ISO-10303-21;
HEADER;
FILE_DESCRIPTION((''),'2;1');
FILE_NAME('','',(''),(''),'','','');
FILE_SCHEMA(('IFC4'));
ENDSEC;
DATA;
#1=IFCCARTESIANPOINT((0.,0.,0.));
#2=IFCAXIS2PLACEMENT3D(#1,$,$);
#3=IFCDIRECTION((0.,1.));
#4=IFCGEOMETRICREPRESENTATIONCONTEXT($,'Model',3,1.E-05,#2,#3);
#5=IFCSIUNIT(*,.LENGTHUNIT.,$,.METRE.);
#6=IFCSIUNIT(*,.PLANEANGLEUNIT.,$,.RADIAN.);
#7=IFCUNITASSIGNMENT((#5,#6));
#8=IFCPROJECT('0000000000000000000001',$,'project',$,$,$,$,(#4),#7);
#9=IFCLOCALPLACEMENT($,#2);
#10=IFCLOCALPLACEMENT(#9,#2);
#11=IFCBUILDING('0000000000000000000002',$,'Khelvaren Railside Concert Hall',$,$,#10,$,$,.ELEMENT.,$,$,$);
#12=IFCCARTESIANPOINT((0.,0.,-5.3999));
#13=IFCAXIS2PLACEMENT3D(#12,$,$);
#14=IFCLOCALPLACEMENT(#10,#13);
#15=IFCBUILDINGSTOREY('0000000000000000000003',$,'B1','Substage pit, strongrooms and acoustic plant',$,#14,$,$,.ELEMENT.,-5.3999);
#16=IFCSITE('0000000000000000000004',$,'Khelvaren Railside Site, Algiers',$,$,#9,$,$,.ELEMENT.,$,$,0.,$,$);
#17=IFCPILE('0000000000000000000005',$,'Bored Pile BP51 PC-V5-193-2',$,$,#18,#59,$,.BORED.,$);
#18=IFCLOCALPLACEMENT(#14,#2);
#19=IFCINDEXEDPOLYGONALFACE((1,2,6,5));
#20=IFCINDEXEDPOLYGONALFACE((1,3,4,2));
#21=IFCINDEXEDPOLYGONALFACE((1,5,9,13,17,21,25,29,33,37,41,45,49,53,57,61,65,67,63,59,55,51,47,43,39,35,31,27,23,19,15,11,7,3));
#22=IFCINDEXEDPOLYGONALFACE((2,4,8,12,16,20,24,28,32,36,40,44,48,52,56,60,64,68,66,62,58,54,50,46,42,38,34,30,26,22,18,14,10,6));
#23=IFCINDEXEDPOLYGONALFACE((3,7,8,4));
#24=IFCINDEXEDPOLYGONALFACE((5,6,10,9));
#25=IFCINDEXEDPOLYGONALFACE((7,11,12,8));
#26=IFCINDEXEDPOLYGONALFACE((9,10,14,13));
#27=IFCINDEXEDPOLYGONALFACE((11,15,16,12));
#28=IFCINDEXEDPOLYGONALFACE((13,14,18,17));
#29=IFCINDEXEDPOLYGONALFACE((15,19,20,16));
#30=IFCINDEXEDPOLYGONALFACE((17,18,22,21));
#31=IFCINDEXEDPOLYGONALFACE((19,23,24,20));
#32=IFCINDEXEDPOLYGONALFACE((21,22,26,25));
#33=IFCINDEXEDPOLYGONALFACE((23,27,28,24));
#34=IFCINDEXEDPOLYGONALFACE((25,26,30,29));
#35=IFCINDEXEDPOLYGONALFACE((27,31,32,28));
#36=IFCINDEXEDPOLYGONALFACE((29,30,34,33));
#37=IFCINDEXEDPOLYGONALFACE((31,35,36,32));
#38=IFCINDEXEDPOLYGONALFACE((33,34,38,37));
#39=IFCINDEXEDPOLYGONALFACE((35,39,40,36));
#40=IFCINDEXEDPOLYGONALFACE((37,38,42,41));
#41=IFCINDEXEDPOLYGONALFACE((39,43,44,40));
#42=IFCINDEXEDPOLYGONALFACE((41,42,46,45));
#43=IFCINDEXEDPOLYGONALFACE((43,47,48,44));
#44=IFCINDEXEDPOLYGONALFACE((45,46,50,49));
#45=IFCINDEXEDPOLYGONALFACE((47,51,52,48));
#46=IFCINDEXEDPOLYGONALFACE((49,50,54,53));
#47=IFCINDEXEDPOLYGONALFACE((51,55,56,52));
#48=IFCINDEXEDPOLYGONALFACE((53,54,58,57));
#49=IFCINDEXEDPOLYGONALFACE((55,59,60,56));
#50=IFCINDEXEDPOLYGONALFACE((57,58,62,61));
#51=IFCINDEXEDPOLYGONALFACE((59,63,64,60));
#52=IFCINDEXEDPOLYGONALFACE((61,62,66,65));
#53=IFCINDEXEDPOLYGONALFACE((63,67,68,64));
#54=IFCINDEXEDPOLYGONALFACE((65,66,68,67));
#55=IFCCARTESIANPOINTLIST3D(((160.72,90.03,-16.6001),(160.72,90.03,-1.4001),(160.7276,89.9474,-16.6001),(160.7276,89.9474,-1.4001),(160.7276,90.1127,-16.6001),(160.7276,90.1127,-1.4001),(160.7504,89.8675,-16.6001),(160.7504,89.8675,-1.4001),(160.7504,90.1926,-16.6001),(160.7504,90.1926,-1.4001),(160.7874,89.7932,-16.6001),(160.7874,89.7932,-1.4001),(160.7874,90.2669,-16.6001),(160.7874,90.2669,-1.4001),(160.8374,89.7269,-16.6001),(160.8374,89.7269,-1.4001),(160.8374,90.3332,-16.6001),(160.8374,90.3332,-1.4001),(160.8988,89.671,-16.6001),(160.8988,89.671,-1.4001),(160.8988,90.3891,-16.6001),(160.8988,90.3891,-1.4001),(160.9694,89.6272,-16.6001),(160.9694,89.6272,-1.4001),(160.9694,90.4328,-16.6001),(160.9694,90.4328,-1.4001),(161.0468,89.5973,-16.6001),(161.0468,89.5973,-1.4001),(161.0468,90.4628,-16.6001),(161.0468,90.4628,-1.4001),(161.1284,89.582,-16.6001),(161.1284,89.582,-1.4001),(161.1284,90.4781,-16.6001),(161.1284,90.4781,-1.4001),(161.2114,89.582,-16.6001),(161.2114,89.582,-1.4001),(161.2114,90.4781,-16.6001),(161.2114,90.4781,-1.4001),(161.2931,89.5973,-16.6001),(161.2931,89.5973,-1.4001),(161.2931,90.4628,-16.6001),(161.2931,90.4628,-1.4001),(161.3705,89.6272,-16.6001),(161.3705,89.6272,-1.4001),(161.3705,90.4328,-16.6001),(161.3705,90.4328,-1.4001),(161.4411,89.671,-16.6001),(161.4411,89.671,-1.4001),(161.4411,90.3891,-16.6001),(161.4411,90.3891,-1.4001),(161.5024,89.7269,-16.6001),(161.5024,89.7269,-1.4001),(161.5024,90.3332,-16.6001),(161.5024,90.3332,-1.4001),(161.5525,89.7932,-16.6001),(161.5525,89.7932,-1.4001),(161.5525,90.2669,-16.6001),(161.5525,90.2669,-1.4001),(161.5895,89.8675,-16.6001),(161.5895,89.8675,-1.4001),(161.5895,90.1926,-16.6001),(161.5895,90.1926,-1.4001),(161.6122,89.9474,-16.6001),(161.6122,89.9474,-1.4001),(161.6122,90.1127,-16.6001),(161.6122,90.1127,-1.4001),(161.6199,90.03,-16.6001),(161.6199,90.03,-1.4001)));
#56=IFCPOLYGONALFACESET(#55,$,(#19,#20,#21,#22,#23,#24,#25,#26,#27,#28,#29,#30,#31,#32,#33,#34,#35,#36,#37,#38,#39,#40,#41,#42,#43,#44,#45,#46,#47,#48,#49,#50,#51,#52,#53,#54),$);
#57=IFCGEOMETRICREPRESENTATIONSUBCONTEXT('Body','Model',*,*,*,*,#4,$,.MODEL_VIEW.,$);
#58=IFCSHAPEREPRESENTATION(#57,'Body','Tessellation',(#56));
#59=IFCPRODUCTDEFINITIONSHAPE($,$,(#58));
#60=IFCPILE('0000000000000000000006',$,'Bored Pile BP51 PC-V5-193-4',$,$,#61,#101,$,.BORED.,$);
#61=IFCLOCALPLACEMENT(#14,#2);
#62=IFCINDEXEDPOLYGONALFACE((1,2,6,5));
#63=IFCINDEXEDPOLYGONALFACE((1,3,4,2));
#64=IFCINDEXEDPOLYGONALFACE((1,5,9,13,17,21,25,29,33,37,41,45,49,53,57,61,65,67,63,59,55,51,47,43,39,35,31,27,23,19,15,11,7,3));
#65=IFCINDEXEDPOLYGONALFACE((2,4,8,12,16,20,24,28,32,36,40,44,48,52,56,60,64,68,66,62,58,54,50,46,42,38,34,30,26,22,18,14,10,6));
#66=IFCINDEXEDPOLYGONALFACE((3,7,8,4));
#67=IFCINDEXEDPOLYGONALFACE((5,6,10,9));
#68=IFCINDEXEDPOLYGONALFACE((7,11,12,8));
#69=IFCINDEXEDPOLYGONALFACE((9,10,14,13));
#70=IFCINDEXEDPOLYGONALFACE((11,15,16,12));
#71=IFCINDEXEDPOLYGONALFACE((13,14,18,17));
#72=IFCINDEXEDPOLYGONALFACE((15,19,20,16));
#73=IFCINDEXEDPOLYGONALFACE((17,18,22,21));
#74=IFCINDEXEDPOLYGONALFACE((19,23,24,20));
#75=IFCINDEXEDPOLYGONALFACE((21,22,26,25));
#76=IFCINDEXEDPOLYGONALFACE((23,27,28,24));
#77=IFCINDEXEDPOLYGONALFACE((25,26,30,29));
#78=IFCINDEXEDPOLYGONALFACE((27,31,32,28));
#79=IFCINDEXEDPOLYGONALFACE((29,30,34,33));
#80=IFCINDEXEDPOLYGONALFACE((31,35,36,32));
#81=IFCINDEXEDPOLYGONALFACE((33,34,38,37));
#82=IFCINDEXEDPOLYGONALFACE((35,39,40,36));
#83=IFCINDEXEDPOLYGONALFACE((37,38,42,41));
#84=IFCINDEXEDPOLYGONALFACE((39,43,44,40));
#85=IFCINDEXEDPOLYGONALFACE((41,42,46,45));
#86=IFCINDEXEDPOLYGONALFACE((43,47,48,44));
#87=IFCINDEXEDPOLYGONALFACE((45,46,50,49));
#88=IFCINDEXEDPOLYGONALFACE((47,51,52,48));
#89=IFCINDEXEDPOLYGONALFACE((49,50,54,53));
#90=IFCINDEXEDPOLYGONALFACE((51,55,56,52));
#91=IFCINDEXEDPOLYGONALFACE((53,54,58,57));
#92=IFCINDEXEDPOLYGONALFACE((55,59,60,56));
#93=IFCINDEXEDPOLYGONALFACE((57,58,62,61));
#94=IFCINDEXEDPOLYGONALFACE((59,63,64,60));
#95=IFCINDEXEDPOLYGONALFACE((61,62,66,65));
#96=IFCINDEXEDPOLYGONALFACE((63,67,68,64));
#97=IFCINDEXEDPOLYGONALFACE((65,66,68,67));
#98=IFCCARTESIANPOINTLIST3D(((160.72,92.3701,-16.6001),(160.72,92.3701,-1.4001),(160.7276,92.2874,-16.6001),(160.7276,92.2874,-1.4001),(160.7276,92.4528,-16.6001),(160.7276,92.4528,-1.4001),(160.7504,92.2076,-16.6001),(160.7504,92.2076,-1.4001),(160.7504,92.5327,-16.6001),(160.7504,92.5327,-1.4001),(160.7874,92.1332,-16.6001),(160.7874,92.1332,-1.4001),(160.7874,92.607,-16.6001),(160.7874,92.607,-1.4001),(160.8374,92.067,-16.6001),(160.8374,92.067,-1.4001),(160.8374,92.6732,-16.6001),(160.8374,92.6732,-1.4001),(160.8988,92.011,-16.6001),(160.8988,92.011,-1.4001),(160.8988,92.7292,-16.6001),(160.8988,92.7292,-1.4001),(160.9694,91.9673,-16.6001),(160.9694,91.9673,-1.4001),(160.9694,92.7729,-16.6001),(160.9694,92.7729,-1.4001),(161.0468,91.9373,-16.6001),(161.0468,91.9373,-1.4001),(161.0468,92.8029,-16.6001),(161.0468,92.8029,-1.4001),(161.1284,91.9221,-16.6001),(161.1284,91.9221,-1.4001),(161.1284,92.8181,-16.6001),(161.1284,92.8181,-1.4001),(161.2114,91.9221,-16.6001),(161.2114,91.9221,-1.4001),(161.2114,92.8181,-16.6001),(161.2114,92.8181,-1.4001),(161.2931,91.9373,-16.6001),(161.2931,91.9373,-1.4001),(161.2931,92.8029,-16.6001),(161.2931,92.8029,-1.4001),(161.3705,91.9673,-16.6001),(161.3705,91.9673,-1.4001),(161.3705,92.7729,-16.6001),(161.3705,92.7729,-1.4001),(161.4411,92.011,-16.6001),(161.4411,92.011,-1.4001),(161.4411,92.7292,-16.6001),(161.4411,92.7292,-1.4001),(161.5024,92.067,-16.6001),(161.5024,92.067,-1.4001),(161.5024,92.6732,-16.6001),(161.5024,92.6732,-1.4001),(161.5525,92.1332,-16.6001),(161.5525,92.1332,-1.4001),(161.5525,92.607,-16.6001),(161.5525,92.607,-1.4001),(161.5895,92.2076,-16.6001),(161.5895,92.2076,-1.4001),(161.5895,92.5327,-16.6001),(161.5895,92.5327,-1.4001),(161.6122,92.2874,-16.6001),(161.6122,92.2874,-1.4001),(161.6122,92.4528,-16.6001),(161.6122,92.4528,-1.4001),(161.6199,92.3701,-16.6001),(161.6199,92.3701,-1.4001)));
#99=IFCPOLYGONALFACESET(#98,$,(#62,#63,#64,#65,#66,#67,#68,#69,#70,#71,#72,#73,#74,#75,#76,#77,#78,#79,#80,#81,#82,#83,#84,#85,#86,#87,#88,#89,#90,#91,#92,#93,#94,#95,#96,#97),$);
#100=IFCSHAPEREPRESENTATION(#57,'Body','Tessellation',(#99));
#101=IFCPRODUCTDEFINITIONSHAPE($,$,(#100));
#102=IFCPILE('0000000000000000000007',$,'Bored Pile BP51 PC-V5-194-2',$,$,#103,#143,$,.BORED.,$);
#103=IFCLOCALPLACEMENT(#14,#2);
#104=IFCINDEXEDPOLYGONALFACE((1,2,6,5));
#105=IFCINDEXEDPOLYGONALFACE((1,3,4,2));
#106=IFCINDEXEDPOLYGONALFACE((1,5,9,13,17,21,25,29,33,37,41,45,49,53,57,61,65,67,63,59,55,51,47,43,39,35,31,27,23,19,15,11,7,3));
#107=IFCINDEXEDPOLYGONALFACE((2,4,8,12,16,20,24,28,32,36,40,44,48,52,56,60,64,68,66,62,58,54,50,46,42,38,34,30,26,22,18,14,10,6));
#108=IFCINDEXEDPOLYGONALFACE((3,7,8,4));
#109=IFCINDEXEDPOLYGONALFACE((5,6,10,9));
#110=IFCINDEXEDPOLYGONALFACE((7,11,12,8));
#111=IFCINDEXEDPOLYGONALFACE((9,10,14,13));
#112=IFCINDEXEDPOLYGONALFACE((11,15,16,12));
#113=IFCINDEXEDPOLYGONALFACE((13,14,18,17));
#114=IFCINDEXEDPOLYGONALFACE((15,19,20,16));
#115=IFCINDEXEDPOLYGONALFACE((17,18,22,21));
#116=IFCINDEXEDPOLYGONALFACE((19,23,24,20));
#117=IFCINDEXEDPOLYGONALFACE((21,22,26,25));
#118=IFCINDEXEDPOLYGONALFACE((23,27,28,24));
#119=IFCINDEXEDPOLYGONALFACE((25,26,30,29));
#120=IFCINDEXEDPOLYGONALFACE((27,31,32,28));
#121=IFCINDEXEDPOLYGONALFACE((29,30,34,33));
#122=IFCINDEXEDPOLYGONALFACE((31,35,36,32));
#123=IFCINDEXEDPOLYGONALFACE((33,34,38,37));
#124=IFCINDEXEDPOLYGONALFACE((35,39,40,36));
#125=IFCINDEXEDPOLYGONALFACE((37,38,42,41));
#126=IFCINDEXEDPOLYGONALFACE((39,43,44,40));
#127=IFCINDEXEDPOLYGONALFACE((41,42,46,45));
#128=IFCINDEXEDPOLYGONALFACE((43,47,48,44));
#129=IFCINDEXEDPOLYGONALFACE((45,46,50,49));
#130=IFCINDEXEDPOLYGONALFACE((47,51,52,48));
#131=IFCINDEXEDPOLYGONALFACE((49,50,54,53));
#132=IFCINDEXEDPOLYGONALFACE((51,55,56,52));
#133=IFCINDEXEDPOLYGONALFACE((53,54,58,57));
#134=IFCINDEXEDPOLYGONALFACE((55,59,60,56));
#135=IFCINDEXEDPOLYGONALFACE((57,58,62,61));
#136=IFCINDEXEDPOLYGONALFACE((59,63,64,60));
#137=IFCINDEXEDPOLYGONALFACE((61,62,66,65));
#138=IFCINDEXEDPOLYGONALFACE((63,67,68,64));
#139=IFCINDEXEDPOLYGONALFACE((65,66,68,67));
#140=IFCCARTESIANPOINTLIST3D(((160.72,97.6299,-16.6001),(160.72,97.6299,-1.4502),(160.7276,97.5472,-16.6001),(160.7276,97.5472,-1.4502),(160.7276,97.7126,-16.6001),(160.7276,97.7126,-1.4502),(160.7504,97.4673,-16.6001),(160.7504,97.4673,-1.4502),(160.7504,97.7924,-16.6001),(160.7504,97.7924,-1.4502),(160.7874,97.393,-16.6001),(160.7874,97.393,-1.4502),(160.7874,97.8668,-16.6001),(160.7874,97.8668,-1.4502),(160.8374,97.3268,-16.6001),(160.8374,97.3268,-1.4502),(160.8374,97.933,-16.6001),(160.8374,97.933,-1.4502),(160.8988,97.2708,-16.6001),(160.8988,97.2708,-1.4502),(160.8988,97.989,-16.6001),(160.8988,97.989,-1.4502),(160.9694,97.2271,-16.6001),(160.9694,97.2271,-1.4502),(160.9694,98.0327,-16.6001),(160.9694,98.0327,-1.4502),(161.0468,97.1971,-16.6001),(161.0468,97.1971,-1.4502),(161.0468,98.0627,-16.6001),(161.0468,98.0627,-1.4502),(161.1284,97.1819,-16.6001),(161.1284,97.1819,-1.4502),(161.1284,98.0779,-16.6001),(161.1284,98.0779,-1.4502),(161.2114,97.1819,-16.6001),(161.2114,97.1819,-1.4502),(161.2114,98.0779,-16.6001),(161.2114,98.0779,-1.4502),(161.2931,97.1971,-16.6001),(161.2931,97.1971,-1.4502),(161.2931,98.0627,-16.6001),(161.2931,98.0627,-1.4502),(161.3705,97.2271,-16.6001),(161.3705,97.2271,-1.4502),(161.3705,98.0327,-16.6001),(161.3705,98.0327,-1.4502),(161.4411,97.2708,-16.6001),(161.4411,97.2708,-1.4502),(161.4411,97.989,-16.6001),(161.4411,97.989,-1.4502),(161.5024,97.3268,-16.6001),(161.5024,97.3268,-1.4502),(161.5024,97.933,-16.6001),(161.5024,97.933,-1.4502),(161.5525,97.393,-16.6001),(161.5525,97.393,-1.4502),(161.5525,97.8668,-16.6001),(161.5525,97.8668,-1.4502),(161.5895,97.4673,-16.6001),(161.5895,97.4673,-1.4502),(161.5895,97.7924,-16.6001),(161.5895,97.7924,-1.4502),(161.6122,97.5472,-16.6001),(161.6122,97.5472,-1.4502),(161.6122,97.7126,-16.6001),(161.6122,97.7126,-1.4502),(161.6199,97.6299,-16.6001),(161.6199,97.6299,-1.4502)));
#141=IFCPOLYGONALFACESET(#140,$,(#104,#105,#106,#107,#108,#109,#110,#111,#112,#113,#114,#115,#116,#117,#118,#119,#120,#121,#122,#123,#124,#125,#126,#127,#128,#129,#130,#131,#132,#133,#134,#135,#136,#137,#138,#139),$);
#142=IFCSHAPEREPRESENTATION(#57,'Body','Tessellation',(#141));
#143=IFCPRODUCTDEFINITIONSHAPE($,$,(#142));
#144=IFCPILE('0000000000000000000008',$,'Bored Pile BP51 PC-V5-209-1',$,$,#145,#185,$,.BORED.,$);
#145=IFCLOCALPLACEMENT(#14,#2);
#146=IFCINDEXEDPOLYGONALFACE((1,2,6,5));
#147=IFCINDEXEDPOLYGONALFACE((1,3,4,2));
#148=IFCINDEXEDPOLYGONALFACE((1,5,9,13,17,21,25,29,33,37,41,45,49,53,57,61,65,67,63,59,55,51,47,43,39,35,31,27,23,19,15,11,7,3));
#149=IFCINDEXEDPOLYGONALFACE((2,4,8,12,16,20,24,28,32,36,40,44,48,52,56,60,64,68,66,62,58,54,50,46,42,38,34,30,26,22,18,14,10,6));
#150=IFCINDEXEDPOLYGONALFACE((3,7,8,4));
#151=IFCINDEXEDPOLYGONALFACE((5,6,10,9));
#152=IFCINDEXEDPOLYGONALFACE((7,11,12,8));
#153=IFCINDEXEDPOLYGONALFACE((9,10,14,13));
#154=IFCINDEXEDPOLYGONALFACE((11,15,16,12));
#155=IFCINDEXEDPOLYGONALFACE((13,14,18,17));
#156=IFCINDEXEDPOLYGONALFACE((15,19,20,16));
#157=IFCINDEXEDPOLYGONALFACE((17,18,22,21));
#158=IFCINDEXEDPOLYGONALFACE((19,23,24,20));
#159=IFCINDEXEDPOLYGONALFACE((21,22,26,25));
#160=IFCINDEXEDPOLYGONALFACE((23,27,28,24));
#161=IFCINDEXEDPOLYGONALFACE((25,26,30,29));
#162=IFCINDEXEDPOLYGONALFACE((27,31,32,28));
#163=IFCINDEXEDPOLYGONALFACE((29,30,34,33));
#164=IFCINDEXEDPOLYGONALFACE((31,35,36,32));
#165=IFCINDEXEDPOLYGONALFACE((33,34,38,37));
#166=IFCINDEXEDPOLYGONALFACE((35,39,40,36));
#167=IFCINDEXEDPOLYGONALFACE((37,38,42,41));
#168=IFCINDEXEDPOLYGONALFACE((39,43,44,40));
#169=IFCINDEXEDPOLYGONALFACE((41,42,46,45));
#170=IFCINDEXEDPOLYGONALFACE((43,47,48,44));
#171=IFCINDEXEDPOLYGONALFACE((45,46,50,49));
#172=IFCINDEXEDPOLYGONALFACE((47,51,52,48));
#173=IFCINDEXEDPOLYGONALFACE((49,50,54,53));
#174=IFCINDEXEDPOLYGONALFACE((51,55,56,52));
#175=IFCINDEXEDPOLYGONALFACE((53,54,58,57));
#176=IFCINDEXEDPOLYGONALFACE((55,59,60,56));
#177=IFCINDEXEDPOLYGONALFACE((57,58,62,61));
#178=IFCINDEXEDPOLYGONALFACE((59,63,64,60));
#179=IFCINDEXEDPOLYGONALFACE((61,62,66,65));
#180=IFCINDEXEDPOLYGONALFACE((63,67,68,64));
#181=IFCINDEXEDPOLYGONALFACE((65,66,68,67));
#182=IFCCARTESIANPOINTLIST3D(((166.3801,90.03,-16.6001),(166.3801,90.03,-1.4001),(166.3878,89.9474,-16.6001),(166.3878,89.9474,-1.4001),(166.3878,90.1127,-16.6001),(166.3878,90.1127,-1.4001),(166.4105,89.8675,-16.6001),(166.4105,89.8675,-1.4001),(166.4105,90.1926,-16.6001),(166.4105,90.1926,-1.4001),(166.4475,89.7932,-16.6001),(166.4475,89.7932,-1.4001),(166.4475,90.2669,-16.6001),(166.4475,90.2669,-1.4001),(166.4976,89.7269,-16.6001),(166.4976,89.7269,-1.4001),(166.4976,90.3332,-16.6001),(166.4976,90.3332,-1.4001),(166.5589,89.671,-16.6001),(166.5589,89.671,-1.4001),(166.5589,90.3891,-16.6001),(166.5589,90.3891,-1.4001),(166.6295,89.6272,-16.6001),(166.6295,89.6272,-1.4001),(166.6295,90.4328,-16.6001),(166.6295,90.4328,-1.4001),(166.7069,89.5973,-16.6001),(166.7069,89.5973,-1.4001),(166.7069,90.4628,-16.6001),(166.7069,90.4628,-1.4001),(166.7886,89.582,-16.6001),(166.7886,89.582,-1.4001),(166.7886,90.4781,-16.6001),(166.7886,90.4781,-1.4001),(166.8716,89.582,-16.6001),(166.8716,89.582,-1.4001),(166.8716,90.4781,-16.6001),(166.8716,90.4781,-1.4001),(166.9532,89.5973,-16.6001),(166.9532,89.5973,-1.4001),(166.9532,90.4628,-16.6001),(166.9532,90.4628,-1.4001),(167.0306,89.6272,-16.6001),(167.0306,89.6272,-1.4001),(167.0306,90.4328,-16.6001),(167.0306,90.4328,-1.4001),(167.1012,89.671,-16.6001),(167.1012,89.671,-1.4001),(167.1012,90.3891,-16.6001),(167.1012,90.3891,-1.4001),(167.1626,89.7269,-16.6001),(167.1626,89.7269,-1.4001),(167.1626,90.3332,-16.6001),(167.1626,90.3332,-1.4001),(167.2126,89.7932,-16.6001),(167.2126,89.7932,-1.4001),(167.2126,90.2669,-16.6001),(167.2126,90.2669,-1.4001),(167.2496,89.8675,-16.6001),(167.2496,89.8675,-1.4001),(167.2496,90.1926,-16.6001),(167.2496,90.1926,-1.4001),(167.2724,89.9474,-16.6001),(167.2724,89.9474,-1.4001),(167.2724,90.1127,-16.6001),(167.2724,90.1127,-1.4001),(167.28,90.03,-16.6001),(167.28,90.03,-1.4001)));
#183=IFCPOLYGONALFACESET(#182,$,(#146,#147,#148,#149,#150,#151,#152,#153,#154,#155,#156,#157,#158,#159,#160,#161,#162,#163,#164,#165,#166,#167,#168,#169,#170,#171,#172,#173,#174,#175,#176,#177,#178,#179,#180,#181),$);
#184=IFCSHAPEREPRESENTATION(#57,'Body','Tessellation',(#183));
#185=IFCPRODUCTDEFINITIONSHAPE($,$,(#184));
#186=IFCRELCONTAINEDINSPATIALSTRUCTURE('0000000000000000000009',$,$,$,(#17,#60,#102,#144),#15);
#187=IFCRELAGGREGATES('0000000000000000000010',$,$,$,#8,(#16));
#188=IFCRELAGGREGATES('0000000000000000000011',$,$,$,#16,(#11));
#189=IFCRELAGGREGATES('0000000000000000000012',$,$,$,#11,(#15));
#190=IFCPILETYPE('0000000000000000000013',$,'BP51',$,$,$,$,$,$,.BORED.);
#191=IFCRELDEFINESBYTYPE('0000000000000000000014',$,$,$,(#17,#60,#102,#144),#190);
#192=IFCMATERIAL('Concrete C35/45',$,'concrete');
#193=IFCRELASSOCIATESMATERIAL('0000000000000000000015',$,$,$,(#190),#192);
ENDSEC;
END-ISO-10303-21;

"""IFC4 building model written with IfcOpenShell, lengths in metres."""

from ifc_helpers import new_model, si_unit, direction, frame, origin, origin_2d, place, context, subcontext, project, spatial, circle, extrude, material, material_profile, profile_set, type_object, element, save


model = new_model("IFC4")

# Units and contexts
model_context = context("Model", 3, precision=1e-05, world=origin(), true_north=direction((0.0, 1.0)))
body_context = subcontext(model_context, "Body", "Model", "MODEL_VIEW")
ifc_project = project(units=[si_unit("LENGTHUNIT", "METRE"), si_unit("PLANEANGLEUNIT", "RADIAN")], contexts=[model_context])

# Site, building, storey
site_placement = place(None, origin())
site = spatial("IfcSite", under=ifc_project, at=site_placement, Name="Khelvaren Railside Site, Algiers", CompositionType="ELEMENT", RefElevation=0.0)
building_placement = place(site_placement, origin())
building = spatial("IfcBuilding", under=site, at=building_placement, Name="Khelvaren Railside Concert Hall", CompositionType="ELEMENT")
storey_placement = place(building_placement, frame((0.0, 0.0, -5.3999)))
storey = spatial("IfcBuildingStorey", under=building, at=storey_placement, Name="B1", Description="Substage pit, strongrooms and acoustic plant", CompositionType="ELEMENT", Elevation=-5.3999)

# Piles
ifc_material_1 = material(Name="Concrete C35/45", Category="concrete")
ifc_material_profile_1 = material_profile(ifc_material_1, circle(Radius=0.45, at=origin_2d()), Name="BP D900")
ifc_profile_set_1 = profile_set([ifc_material_profile_1], Name="Concrete C35/45")
pile_type_1 = type_object("IfcPileType", Name="BP51", PredefinedType="BORED", material=ifc_profile_set_1)
for number, where, z_axis, x_axis, name in (
    (1, (161.1699, 90.03, -1.4001), (0.0, 0.0, -1.0), (1.0, 0.0, 0.0), "Bored Pile BP51 PC-V5-193-2"),
    (2, (161.1699, 92.3701, -1.4001), (0.0, 0.0, -1.0), (1.0, 0.0, 0.0), "Bored Pile BP51 PC-V5-193-4"),
):
    element("IfcPile", number, at=place(storey_placement, frame(where, z_axis=z_axis, x_axis=x_axis)), inside=storey, type_object=pile_type_1, Name=name, PredefinedType="BORED", context=body_context, shape_type="SweptSolid", body=[
        extrude(circle(Radius=0.45, at=origin_2d()), origin(), (0.0, 0.0, 1.0), 15.2),
    ])
pile_1_placement = place(storey_placement, frame((161.1699, 97.6299, -1.4502), z_axis=(0.0, 0.0, -1.0), x_axis=(1.0, 0.0, 0.0)))
element("IfcPile", 3, at=pile_1_placement, inside=storey, type_object=pile_type_1, Name="Bored Pile BP51 PC-V5-194-2", PredefinedType="BORED", context=body_context, shape_type="SweptSolid", body=[
    extrude(circle(Radius=0.45, at=origin_2d()), origin(), (0.0, 0.0, 1.0), 15.1499),
])
for number, where, z_axis, x_axis, name in (
    (4, (166.8301, 90.03, -1.4001), (0.0, 0.0, -1.0), (1.0, 0.0, 0.0), "Bored Pile BP51 PC-V5-209-1"),
):
    element("IfcPile", number, at=place(storey_placement, frame(where, z_axis=z_axis, x_axis=x_axis)), inside=storey, type_object=pile_type_1, Name=name, PredefinedType="BORED", context=body_context, shape_type="SweptSolid", body=[
        extrude(circle(Radius=0.45, at=origin_2d()), origin(), (0.0, 0.0, 1.0), 15.2),
    ])

save(model, "model.ifc")
